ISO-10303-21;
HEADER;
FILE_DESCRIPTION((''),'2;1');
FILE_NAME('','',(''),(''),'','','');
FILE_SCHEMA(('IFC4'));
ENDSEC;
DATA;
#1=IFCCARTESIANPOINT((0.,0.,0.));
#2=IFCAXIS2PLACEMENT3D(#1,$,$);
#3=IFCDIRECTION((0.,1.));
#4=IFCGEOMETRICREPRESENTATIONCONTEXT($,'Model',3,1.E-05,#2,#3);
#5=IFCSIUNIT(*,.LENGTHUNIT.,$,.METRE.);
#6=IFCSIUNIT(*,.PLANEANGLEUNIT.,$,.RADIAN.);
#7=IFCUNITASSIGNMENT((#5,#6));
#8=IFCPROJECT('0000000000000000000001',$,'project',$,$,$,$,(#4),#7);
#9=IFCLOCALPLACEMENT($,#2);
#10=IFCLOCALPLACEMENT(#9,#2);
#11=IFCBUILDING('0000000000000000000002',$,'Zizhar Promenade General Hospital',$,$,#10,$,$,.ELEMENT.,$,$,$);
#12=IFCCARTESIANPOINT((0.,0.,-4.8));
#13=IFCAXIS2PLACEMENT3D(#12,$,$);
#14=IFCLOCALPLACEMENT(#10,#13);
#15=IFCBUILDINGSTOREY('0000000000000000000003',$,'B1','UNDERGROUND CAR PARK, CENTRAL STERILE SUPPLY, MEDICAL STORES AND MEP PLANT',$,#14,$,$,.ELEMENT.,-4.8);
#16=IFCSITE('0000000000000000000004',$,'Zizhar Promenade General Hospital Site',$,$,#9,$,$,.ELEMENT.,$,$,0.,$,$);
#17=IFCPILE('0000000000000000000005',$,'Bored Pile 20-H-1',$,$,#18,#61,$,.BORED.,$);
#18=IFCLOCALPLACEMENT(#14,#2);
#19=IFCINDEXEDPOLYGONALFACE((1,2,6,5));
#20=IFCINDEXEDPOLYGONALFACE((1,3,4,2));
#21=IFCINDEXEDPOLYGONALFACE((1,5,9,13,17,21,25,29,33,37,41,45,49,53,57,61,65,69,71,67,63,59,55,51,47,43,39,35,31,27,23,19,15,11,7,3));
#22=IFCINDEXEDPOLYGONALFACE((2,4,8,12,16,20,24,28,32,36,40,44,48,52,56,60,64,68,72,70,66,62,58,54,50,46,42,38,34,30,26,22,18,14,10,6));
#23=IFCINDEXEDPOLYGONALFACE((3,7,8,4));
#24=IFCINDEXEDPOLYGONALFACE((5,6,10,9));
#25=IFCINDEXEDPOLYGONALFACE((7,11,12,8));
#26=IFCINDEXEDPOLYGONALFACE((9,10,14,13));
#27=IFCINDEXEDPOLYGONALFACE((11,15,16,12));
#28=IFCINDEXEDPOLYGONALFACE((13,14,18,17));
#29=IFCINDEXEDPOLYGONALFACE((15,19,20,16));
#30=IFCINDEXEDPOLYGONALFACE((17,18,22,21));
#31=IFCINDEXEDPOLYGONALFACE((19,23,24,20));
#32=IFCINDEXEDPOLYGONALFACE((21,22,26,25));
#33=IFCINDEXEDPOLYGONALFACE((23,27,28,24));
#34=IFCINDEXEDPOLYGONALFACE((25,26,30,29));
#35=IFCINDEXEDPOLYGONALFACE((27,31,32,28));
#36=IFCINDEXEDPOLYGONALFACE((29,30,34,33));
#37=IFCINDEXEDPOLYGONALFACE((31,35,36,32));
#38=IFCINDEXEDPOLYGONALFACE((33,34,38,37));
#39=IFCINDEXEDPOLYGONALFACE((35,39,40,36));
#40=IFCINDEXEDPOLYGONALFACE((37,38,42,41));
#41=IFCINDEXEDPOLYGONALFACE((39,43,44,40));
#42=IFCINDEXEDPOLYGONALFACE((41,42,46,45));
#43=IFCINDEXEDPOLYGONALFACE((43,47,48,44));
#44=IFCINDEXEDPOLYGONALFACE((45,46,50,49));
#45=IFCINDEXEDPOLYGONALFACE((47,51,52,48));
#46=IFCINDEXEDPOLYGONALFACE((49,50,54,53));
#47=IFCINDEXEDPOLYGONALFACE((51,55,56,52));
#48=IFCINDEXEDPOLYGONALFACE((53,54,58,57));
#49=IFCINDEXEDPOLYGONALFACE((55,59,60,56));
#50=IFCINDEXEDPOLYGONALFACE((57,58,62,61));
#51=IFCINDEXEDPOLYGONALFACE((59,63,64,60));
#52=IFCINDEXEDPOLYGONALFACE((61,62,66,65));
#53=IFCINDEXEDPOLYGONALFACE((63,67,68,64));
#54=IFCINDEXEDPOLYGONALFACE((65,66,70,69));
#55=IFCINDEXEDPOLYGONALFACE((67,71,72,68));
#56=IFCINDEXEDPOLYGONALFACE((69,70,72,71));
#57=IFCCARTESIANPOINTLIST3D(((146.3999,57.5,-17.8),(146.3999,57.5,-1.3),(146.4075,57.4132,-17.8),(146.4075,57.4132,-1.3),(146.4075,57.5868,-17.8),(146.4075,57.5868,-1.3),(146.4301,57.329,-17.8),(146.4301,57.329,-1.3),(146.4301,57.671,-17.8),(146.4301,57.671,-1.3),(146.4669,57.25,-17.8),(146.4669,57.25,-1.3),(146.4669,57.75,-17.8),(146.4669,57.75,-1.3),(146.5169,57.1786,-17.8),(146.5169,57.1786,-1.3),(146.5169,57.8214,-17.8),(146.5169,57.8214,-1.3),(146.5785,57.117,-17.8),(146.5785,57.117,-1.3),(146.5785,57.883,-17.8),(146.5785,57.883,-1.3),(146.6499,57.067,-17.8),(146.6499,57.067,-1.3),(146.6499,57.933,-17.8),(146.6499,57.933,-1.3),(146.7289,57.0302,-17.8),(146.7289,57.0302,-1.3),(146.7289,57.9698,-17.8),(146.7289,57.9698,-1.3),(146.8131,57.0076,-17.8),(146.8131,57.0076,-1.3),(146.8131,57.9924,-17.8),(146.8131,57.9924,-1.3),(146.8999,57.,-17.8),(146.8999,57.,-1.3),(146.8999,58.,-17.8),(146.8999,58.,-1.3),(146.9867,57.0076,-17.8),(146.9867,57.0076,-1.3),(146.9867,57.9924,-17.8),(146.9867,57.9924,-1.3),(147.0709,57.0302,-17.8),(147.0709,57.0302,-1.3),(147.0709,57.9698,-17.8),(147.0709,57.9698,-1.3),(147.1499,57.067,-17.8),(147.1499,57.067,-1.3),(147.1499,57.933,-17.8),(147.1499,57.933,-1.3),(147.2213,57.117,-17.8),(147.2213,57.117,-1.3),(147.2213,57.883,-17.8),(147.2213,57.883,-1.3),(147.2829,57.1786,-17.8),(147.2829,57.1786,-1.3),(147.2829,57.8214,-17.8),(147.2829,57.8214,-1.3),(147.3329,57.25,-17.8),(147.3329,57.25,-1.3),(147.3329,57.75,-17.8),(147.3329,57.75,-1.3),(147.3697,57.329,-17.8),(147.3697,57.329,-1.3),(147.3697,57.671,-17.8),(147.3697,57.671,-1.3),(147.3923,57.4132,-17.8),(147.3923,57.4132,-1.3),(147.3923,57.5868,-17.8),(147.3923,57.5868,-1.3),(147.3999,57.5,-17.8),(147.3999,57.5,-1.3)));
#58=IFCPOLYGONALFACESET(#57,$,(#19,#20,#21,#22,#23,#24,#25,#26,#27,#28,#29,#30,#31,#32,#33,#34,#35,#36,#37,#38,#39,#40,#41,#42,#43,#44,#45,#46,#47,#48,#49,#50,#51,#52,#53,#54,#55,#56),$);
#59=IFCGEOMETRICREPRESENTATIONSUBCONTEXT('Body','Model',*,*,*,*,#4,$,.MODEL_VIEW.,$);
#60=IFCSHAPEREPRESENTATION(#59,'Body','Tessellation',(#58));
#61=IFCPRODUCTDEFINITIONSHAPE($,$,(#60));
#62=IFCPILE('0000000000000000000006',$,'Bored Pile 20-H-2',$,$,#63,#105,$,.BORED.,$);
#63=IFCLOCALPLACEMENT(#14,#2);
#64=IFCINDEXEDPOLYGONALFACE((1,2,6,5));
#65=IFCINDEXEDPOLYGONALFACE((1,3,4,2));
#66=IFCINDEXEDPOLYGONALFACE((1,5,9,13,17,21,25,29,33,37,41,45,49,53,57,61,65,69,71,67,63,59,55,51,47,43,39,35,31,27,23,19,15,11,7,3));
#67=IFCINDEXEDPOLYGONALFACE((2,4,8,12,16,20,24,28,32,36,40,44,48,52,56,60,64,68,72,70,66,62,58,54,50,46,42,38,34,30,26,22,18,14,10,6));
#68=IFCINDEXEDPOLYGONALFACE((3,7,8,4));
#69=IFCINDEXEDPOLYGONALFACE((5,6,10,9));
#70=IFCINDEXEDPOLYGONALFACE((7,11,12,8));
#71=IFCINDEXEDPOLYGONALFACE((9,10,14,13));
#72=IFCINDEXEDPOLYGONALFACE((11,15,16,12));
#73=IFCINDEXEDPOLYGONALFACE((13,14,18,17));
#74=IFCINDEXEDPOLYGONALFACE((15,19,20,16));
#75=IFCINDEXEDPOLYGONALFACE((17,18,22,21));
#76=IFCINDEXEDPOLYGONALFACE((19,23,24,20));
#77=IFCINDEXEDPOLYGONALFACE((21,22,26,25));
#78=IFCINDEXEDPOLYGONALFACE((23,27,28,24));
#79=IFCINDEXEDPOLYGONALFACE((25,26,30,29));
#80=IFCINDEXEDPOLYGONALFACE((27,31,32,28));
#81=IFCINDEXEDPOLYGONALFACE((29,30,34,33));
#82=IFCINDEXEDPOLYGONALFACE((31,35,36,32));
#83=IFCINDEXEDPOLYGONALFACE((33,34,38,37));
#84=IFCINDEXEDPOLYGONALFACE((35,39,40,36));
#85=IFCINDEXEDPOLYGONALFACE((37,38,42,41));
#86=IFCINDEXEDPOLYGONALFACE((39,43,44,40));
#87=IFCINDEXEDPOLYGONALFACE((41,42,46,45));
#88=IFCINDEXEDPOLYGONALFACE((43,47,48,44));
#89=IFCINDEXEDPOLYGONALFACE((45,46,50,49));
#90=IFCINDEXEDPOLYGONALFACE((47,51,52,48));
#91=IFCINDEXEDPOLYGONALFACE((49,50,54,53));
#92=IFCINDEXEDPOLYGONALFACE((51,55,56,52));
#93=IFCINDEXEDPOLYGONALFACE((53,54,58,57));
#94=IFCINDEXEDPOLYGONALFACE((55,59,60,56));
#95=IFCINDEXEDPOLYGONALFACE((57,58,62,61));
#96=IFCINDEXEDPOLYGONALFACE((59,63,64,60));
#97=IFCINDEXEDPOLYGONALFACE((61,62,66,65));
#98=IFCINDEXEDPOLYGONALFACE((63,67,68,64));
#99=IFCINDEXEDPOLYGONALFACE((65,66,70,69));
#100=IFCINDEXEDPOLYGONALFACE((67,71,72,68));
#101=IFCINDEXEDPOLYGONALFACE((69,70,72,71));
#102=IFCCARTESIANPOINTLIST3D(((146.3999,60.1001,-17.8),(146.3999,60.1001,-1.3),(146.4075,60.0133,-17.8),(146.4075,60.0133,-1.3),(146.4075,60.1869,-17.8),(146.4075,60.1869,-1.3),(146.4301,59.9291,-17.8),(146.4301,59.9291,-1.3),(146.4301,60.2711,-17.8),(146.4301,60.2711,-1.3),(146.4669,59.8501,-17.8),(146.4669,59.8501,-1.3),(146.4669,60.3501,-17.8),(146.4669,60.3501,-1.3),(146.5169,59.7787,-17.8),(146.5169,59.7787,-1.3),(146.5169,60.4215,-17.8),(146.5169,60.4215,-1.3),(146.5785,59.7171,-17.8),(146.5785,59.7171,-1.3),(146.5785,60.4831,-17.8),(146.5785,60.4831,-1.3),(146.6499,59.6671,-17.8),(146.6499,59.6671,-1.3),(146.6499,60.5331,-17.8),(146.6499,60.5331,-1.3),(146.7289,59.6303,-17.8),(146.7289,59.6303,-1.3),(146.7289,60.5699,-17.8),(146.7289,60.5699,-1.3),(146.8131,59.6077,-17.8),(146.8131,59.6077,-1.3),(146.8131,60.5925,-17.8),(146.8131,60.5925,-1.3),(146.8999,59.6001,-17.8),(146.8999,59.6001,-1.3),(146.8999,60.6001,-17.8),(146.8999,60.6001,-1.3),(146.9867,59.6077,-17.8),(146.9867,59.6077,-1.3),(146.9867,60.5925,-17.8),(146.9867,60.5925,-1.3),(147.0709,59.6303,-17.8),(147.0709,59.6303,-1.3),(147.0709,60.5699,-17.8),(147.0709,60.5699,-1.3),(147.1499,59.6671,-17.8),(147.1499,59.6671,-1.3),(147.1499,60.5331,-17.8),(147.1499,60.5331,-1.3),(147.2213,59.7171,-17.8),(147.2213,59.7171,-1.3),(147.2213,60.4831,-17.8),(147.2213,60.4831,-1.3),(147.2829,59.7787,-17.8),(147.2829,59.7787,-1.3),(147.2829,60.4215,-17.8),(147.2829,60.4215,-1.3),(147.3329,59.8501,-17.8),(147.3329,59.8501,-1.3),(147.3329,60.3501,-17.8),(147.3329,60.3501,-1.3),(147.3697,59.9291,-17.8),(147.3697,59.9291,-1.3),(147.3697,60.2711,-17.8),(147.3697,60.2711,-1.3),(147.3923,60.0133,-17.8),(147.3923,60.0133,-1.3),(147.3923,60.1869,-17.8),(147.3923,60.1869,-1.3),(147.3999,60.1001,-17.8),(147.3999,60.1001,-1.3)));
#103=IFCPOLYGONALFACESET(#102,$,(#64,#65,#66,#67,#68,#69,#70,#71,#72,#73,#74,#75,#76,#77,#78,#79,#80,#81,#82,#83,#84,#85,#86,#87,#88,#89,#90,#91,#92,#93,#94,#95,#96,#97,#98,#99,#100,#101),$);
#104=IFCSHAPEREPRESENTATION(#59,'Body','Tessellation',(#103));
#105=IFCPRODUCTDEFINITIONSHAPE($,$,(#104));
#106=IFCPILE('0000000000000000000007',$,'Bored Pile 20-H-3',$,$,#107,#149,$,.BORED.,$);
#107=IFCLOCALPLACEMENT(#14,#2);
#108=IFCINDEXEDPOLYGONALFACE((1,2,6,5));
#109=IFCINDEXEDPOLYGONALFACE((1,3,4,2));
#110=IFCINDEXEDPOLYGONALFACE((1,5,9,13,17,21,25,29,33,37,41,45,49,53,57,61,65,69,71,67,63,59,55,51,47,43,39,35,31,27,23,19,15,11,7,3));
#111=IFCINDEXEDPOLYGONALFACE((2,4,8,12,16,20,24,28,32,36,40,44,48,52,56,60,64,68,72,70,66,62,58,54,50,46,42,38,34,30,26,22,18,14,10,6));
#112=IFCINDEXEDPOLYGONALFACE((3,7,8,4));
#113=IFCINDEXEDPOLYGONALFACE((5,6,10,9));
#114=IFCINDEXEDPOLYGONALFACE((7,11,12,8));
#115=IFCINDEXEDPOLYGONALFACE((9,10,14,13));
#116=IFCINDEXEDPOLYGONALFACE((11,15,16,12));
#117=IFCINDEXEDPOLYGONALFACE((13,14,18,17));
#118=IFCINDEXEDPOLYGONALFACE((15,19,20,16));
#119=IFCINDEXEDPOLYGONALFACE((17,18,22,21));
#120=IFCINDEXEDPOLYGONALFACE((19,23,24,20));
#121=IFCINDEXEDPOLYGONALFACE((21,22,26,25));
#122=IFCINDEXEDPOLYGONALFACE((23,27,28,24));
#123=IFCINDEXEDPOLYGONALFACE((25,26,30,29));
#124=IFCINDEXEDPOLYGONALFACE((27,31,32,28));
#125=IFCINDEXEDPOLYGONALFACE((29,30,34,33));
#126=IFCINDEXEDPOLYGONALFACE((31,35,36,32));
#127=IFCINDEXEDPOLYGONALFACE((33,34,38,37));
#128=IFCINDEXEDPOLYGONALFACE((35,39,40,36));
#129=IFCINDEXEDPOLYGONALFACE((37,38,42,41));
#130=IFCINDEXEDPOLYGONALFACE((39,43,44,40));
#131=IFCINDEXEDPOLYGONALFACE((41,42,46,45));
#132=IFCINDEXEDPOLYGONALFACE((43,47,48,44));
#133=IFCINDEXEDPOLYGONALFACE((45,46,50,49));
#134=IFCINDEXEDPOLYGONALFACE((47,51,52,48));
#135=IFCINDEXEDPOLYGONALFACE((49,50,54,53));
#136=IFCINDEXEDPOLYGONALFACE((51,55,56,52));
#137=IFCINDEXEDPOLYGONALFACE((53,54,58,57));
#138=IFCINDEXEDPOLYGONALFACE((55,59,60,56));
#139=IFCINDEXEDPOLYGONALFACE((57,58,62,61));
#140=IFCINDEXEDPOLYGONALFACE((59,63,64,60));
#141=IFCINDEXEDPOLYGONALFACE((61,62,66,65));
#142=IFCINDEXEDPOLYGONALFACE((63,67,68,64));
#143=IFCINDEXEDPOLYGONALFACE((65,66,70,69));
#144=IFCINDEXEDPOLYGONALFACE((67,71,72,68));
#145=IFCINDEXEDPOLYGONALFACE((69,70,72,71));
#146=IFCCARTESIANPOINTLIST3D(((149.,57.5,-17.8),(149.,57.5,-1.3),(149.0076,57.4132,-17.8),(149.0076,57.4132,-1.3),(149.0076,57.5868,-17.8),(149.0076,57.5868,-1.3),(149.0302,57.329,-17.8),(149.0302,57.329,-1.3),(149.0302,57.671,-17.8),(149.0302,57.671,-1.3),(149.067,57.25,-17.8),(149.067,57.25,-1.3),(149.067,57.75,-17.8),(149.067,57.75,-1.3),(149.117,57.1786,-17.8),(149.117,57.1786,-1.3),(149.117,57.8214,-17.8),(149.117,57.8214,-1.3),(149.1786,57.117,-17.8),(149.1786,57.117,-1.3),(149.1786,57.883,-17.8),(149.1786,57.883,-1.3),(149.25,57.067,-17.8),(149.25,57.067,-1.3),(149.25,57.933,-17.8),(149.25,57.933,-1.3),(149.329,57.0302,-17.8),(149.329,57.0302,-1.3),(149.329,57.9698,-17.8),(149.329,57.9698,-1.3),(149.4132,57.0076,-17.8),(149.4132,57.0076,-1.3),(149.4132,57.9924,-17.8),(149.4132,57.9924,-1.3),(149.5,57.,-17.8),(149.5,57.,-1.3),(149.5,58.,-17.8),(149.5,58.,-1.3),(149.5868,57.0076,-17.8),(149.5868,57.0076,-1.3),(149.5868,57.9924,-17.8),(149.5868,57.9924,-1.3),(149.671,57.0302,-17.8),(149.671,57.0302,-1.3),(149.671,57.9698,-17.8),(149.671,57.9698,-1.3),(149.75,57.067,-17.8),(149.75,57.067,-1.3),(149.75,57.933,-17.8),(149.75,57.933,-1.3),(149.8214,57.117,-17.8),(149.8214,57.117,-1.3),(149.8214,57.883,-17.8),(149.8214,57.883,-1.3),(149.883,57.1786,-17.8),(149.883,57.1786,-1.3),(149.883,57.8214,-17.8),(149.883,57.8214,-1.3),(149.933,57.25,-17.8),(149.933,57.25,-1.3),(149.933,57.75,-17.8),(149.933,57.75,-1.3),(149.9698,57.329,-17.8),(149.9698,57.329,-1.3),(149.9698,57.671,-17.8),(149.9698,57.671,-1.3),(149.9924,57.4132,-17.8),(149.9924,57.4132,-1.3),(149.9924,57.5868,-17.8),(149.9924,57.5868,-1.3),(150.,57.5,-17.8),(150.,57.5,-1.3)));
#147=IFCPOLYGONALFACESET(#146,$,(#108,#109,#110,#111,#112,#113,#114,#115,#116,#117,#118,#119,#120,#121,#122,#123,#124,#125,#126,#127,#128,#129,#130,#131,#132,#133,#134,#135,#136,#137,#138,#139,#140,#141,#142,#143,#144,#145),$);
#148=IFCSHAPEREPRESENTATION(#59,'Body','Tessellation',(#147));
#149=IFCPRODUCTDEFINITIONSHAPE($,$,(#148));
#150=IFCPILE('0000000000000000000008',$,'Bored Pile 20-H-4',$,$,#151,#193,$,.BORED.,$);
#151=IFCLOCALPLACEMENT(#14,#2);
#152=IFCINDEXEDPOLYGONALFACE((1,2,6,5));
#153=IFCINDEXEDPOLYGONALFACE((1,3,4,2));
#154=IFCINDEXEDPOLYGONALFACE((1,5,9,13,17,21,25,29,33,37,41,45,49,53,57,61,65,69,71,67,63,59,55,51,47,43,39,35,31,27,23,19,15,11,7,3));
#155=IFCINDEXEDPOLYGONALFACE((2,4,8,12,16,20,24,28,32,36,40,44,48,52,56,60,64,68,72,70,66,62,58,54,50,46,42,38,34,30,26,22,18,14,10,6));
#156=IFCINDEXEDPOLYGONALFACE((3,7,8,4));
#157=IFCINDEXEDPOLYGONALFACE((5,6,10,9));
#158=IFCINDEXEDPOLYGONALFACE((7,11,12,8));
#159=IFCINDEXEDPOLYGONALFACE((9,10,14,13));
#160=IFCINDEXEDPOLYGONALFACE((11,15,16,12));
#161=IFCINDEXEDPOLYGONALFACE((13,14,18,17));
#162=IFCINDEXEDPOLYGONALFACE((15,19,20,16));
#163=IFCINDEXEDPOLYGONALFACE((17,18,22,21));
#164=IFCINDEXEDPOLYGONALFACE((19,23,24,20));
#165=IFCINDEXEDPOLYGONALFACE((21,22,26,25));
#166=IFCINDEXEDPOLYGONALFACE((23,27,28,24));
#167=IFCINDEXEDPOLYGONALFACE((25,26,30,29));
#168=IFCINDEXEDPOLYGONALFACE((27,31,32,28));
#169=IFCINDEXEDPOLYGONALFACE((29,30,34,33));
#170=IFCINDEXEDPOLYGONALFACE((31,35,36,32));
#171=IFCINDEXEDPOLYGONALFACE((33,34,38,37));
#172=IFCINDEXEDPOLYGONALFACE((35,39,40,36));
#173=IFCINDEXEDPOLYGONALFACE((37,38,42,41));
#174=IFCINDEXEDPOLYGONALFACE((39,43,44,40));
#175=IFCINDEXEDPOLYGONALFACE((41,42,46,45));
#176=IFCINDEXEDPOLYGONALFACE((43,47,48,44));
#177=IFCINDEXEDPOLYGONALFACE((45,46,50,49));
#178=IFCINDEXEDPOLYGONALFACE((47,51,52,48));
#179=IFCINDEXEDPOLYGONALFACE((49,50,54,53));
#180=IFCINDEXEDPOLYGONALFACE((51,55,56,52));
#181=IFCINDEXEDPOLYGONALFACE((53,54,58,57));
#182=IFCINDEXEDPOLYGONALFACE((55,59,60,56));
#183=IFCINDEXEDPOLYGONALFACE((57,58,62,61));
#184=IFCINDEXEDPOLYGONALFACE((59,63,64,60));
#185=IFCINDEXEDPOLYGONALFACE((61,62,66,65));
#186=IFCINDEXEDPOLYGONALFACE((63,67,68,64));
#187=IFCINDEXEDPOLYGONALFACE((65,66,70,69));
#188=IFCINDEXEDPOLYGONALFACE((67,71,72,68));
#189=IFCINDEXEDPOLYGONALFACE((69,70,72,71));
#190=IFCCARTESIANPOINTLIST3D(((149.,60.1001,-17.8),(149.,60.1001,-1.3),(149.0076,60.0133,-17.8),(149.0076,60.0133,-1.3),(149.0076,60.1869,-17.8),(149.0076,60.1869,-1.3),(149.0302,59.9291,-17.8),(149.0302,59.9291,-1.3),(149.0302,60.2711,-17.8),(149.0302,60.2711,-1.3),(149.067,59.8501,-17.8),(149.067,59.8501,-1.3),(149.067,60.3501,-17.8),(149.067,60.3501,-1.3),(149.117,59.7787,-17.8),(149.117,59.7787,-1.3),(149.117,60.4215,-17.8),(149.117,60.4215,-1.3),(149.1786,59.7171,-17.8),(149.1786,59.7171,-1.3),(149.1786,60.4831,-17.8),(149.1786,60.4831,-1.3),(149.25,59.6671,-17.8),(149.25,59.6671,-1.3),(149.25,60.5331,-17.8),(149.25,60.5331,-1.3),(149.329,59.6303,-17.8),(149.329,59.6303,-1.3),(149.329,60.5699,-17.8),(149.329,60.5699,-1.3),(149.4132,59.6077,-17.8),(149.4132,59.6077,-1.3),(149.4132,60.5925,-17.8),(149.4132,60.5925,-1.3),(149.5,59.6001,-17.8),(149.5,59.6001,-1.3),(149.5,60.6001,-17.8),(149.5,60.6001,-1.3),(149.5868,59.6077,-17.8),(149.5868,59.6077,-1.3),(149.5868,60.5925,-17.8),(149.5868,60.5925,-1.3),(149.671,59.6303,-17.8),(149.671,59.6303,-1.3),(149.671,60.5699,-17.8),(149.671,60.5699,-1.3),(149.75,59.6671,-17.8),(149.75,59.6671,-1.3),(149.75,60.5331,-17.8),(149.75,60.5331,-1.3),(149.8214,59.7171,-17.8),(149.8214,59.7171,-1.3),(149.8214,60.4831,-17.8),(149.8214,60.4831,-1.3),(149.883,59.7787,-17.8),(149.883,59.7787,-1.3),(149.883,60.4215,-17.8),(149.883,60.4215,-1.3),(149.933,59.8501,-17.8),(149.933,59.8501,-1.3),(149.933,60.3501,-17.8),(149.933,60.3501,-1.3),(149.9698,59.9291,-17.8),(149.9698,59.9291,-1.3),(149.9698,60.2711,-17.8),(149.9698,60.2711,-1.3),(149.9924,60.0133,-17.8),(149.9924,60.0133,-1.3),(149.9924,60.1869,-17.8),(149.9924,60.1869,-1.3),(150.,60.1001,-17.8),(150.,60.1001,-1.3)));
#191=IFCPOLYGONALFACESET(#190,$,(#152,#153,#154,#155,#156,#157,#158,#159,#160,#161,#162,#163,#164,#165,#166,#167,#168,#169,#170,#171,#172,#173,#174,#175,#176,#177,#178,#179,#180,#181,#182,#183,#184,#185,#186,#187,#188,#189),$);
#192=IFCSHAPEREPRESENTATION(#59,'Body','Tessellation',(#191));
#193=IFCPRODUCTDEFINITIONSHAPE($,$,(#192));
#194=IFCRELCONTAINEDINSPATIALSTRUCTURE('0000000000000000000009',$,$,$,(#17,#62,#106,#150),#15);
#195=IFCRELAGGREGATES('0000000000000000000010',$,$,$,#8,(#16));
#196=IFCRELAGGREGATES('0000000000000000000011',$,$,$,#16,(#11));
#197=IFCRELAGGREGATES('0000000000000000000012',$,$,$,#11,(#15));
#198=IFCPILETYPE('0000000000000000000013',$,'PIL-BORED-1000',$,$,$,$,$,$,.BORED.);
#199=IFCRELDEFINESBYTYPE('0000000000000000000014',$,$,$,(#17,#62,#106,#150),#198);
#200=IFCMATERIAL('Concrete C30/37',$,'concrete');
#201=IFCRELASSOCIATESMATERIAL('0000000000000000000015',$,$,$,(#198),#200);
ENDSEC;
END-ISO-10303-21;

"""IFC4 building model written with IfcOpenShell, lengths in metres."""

from ifc_helpers import new_model, si_unit, direction, frame, origin, origin_2d, place, context, subcontext, project, spatial, circle, extrude, material, material_profile, profile_set, type_object, element, save


model = new_model("IFC4")

# Units and contexts
model_context = context("Model", 3, precision=1e-05, world=origin(), true_north=direction((0.0, 1.0)))
body_context = subcontext(model_context, "Body", "Model", "MODEL_VIEW")
ifc_project = project(units=[si_unit("LENGTHUNIT", "METRE"), si_unit("PLANEANGLEUNIT", "RADIAN")], contexts=[model_context])

# Site, building, storey
site_placement = place(None, origin())
site = spatial("IfcSite", under=ifc_project, at=site_placement, Name="Zizhar Promenade General Hospital Site", CompositionType="ELEMENT", RefElevation=0.0)
building_placement = place(site_placement, origin())
building = spatial("IfcBuilding", under=site, at=building_placement, Name="Zizhar Promenade General Hospital", CompositionType="ELEMENT")
storey_placement = place(building_placement, frame((0.0, 0.0, -4.8)))
storey = spatial("IfcBuildingStorey", under=building, at=storey_placement, Name="B1", Description="UNDERGROUND CAR PARK, CENTRAL STERILE SUPPLY, MEDICAL STORES AND MEP PLANT", CompositionType="ELEMENT", Elevation=-4.8)

# Piles
ifc_material_1 = material(Name="Concrete C30/37", Category="concrete")
ifc_material_profile_1 = material_profile(ifc_material_1, circle(Radius=0.5, at=origin_2d()))
ifc_profile_set_1 = profile_set([ifc_material_profile_1], Name="Concrete C30/37")
pile_type = type_object("IfcPileType", Name="PIL-BORED-1000", PredefinedType="BORED", material=ifc_profile_set_1)
for number, where, z_axis, x_axis, name in (
    (1, (146.8999, 57.5, -1.3), (0.0, 0.0, -1.0), (1.0, 0.0, 0.0), "Bored Pile 20-H-1"),
    (2, (146.8999, 60.1001, -1.3), (0.0, 0.0, -1.0), (1.0, 0.0, 0.0), "Bored Pile 20-H-2"),
    (3, (149.5, 57.5, -1.3), (0.0, 0.0, -1.0), (1.0, 0.0, 0.0), "Bored Pile 20-H-3"),
    (4, (149.5, 60.1001, -1.3), (0.0, 0.0, -1.0), (1.0, 0.0, 0.0), "Bored Pile 20-H-4"),
):
    element("IfcPile", number, at=place(storey_placement, frame(where, z_axis=z_axis, x_axis=x_axis)), inside=storey, type_object=pile_type, Name=name, PredefinedType="BORED", context=body_context, shape_type="SweptSolid", body=[
        extrude(circle(Radius=0.5, at=origin_2d()), origin(), (0.0, 0.0, 1.0), 16.5),
    ])

save(model, "model.ifc")
